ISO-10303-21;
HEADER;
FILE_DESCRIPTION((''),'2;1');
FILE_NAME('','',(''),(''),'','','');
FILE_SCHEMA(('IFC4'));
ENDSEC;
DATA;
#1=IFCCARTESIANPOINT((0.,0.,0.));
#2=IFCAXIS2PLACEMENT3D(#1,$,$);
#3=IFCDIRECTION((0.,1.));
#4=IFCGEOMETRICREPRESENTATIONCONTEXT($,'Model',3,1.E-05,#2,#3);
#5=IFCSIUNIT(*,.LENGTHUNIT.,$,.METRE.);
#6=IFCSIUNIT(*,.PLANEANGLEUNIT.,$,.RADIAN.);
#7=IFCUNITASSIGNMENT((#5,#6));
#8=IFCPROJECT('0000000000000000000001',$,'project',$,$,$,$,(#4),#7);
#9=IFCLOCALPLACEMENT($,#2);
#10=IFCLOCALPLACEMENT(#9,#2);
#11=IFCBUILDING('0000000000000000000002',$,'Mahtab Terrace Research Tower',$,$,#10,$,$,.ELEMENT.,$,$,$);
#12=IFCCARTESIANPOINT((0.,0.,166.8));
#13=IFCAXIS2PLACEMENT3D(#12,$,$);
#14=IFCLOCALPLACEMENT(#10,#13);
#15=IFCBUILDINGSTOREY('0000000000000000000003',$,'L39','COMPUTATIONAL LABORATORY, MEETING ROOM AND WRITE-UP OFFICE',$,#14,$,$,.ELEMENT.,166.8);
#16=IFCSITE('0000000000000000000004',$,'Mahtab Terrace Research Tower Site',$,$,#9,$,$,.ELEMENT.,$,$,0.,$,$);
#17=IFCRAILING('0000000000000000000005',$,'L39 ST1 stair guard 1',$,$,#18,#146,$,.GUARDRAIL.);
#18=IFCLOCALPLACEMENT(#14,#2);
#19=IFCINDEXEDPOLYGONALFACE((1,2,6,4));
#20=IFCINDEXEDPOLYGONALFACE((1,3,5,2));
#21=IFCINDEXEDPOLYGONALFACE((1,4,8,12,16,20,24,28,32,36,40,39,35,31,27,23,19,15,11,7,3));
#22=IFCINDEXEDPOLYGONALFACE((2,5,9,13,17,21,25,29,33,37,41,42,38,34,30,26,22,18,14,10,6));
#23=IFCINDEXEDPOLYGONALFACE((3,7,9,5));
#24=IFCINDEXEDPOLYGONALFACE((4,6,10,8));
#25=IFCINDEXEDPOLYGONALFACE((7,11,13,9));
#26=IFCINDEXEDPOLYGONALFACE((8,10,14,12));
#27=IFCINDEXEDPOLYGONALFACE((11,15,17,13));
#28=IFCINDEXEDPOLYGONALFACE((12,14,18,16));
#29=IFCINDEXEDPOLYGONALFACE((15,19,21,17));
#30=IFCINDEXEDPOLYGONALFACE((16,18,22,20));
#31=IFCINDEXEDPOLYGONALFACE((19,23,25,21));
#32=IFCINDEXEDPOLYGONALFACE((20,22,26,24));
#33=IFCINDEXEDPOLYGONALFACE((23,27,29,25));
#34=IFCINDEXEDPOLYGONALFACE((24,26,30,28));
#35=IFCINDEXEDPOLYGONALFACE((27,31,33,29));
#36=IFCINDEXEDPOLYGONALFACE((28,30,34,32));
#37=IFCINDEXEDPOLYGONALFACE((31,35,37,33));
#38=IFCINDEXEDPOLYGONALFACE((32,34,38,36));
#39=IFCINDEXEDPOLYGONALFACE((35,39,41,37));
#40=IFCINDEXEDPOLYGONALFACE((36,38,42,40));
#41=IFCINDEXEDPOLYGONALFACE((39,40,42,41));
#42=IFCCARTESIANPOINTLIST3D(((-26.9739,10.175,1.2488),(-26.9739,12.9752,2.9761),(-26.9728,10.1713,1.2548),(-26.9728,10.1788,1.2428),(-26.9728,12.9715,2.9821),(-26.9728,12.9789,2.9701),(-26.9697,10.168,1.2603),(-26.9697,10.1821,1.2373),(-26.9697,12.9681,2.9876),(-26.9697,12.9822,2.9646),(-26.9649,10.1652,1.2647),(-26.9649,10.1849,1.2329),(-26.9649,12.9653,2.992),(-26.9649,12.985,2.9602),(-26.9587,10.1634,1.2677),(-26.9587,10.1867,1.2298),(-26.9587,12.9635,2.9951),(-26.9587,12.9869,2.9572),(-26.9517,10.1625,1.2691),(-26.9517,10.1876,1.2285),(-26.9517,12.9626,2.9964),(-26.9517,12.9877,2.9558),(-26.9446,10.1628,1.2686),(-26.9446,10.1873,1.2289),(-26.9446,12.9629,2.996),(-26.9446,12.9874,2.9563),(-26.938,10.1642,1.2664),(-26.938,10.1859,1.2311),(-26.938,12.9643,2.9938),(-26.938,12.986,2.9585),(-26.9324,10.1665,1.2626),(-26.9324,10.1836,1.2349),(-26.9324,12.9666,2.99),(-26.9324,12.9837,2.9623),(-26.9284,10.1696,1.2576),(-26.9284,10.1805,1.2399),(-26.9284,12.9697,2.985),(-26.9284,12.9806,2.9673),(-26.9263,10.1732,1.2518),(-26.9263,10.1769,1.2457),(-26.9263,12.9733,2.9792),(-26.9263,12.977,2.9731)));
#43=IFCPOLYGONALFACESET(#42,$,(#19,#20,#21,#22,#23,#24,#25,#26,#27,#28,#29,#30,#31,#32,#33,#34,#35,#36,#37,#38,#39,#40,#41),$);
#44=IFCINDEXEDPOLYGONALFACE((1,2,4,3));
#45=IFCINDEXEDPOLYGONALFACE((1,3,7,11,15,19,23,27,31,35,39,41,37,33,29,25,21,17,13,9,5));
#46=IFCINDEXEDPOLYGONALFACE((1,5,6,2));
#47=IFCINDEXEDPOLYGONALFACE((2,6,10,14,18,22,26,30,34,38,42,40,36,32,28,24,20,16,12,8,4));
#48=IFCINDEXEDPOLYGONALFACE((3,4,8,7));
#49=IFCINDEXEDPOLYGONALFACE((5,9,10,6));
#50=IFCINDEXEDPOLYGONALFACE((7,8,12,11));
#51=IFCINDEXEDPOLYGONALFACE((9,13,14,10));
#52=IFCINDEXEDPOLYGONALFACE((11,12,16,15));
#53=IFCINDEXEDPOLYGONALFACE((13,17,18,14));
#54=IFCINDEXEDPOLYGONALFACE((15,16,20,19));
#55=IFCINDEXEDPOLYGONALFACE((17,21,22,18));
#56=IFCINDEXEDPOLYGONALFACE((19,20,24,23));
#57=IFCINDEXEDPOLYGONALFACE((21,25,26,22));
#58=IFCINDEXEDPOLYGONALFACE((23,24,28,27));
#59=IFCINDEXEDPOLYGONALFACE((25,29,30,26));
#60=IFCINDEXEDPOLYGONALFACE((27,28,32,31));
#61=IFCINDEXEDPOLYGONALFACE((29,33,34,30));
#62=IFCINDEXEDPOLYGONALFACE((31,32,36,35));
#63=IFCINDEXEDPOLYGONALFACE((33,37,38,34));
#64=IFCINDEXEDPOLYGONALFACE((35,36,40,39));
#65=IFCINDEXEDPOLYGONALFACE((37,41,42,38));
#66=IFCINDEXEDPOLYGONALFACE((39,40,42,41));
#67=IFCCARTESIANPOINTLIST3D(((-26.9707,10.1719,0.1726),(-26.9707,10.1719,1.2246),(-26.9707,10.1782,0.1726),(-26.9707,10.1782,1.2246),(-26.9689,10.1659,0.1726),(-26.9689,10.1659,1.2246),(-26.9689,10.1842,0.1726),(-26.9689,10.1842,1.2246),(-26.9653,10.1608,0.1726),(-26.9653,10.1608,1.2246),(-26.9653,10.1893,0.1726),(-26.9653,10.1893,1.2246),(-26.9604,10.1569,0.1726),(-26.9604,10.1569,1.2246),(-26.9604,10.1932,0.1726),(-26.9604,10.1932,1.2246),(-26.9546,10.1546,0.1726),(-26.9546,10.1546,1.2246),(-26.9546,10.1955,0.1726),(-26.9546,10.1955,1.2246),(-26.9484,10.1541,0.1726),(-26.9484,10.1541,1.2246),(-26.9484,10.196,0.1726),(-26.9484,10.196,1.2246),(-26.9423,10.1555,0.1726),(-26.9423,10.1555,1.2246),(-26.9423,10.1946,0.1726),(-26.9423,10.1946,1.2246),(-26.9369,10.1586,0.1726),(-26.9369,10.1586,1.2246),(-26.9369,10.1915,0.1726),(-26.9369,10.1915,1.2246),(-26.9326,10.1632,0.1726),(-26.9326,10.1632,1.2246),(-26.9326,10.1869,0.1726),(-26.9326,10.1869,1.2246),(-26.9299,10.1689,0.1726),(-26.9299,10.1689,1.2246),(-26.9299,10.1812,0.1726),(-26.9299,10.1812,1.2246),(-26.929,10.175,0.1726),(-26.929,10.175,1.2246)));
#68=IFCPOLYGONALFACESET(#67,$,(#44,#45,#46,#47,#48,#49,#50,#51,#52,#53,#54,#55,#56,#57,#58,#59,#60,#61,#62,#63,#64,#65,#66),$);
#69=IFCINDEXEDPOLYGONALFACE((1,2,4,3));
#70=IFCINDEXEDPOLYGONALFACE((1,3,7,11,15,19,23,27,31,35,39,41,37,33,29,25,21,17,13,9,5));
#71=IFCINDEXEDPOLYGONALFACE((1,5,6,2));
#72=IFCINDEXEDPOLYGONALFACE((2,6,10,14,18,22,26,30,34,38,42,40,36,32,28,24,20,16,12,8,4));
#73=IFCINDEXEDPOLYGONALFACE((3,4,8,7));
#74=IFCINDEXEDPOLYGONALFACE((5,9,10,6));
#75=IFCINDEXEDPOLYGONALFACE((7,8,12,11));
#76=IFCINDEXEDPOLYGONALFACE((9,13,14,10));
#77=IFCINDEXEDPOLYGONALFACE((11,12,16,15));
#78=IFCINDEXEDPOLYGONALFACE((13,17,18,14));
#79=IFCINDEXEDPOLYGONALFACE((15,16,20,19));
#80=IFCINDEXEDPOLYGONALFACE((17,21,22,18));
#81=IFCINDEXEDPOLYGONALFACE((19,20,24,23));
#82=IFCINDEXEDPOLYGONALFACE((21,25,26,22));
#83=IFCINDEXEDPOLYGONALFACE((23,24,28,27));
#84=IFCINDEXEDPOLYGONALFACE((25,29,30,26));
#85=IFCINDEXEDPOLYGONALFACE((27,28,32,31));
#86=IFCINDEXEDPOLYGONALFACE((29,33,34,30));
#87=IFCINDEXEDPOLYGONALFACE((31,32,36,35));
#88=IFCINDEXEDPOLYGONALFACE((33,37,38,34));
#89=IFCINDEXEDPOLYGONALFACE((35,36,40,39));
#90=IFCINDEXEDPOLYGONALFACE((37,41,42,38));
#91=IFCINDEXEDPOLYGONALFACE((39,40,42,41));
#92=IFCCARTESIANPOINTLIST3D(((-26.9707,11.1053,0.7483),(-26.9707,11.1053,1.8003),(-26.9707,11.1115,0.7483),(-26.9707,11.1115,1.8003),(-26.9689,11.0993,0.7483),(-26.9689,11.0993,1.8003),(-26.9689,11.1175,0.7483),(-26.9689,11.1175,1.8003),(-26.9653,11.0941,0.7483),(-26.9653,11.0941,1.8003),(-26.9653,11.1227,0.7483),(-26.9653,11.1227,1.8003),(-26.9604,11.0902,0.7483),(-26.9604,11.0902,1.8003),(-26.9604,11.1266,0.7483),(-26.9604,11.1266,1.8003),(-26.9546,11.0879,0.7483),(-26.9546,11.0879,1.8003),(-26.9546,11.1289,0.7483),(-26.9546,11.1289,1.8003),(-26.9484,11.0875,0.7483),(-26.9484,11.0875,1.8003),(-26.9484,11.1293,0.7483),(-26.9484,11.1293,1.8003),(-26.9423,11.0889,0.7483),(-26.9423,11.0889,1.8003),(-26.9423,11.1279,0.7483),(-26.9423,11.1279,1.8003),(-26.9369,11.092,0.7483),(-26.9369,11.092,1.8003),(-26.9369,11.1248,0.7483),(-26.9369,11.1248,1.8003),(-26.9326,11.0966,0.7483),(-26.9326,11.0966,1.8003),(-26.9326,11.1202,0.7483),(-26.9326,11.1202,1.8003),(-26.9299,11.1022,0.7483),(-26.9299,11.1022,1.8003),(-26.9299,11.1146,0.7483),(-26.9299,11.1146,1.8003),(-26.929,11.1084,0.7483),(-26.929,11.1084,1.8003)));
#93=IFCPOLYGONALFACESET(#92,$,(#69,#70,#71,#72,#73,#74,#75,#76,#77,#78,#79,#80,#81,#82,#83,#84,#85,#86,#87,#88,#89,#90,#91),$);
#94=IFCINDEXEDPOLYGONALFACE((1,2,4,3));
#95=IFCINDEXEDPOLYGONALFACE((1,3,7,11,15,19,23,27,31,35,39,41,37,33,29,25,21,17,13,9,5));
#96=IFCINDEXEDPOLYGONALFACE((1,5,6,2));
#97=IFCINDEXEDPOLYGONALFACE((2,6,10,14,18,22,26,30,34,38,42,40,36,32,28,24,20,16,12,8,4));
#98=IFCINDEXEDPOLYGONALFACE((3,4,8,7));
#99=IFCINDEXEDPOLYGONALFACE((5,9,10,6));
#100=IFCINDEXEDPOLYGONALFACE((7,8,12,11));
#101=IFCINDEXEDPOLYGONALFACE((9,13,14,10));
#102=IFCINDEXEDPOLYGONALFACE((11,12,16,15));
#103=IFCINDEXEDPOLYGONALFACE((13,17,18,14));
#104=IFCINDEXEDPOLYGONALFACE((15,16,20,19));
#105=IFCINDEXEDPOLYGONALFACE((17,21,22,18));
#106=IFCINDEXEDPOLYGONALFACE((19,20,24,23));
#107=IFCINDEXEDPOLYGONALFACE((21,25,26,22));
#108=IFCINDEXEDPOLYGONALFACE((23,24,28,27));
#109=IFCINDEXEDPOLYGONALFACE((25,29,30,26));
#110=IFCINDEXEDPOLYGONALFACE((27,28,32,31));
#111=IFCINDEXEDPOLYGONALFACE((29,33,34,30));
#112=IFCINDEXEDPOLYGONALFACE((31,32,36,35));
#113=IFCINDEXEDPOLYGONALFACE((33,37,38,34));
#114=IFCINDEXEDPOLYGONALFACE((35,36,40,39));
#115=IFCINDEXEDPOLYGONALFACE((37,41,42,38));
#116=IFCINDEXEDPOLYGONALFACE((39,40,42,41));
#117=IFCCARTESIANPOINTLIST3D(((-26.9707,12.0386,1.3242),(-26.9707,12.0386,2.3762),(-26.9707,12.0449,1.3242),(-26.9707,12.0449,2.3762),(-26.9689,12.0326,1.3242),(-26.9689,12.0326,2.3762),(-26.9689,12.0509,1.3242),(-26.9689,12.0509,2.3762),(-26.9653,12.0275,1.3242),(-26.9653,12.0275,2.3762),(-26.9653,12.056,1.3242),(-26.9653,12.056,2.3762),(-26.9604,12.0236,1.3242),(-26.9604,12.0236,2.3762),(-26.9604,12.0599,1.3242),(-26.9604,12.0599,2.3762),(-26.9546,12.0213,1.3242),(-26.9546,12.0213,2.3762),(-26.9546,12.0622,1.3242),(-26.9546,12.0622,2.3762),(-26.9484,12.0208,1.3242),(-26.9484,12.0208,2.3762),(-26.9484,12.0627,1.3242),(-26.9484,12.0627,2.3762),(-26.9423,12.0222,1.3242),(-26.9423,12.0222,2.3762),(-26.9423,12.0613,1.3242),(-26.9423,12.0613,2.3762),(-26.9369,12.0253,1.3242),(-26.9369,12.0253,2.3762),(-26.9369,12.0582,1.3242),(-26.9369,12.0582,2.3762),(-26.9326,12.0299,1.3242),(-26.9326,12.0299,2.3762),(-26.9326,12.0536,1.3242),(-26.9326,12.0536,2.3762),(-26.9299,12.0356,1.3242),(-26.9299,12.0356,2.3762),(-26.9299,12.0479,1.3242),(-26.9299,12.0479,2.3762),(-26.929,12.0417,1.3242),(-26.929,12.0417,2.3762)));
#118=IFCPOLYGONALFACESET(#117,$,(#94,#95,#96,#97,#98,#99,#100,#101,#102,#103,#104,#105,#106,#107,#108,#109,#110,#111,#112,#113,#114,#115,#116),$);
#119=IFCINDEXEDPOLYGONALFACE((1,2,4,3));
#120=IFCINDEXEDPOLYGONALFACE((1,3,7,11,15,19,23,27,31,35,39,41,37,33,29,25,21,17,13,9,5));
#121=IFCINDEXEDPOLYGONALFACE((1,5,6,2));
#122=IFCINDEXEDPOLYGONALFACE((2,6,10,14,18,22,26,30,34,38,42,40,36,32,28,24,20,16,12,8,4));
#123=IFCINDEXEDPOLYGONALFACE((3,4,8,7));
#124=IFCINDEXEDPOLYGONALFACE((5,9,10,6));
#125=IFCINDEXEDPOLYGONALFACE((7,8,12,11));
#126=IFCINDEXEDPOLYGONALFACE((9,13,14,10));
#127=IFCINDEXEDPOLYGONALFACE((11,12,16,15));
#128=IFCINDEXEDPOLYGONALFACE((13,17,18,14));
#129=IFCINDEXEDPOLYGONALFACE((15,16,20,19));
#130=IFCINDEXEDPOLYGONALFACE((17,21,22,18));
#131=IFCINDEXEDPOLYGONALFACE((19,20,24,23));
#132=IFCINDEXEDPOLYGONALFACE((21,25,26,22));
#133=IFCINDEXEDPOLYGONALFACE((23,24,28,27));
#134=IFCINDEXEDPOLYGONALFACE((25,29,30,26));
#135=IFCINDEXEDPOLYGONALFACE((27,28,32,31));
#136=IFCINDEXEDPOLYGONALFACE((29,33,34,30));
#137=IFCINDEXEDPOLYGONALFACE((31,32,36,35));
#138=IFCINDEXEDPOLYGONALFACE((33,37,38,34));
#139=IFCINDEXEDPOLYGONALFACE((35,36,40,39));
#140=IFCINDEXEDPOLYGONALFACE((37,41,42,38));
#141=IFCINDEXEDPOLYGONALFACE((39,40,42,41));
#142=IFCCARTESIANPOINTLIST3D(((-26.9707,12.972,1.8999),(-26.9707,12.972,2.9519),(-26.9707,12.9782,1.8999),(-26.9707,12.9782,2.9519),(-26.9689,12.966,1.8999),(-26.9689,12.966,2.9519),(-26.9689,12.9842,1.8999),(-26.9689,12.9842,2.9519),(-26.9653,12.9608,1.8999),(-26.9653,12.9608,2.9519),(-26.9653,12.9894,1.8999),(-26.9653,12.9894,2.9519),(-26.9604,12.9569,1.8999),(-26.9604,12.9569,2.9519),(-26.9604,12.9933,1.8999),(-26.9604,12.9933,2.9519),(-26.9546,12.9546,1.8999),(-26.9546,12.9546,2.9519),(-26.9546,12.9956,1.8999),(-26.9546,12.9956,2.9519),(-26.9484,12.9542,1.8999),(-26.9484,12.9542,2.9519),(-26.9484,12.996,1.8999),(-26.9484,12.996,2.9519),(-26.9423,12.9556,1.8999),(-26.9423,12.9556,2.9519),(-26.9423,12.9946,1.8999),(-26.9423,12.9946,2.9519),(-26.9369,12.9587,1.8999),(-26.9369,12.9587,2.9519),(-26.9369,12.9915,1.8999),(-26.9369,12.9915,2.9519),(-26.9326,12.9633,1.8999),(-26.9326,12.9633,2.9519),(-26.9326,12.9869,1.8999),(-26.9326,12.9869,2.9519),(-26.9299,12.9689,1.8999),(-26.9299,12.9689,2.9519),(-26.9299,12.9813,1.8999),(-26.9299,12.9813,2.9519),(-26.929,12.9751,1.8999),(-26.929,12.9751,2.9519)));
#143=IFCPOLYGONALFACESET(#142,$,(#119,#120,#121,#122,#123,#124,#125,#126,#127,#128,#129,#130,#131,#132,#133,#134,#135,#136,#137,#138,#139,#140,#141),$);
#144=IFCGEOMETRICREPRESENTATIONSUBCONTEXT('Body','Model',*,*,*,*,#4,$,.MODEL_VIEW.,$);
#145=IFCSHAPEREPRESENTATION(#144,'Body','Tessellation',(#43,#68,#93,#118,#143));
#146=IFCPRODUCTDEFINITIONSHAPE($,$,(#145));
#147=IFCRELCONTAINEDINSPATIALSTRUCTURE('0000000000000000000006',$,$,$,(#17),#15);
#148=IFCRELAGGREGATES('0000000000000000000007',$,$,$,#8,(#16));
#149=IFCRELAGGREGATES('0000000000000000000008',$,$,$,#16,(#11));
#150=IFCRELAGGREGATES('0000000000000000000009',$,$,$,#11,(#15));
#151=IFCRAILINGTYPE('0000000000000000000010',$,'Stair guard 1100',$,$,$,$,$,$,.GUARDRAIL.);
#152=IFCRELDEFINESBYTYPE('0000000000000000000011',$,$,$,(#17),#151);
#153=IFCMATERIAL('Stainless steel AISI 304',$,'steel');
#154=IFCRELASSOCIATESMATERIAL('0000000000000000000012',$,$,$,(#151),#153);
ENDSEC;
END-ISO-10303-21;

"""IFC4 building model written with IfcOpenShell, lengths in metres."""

from ifc_helpers import new_model, si_unit, direction, frame, origin, origin_2d, place, context, subcontext, project, spatial, circle, extrude, material, type_object, element, save


model = new_model("IFC4")

# Units and contexts
model_context = context("Model", 3, precision=1e-05, world=origin(), true_north=direction((0.0, 1.0)))
body_context = subcontext(model_context, "Body", "Model", "MODEL_VIEW")
ifc_project = project(units=[si_unit("LENGTHUNIT", "METRE"), si_unit("PLANEANGLEUNIT", "RADIAN")], contexts=[model_context])

# Site, building, storey
site_placement = place(None, origin())
site = spatial("IfcSite", under=ifc_project, at=site_placement, Name="Mahtab Terrace Research Tower Site", CompositionType="ELEMENT", RefElevation=0.0)
building_placement = place(site_placement, origin())
building = spatial("IfcBuilding", under=site, at=building_placement, Name="Mahtab Terrace Research Tower", CompositionType="ELEMENT")
storey_placement = place(building_placement, frame((0.0, 0.0, 166.8)))
storey = spatial("IfcBuildingStorey", under=building, at=storey_placement, Name="L39", Description="COMPUTATIONAL LABORATORY, MEETING ROOM AND WRITE-UP OFFICE", CompositionType="ELEMENT", Elevation=166.8)

# Railing
ifc_material_1 = material(Name="Stainless steel AISI 304", Category="steel")
railing_type_1 = type_object("IfcRailingType", Name="Stair guard 1100", PredefinedType="GUARDRAIL", material=ifc_material_1)
railing_1_placement = place(storey_placement, frame((-26.95, 10.175, 0.1726)))
element("IfcRailing", 1, at=railing_1_placement, inside=storey, type_object=railing_type_1, Name="L39 ST1 stair guard 1", PredefinedType="GUARDRAIL", context=body_context, shape_type="SweptSolid", body=[
    extrude(circle(Radius=0.0239, at=origin_2d()), frame((0.0, 0.0, 1.0762), z_axis=(0.0, 0.85109, 0.52502), x_axis=(-1.0, 0.0, 0.0)), (0.0, 0.0, 1.0), 3.29),
    extrude(circle(Radius=0.021, at=origin_2d()), origin(), (0.0, 0.0, 1.0), 1.052),
    extrude(circle(Radius=0.021, at=origin_2d()), frame((0.0, 0.9333, 0.5757)), (0.0, 0.0, 1.0), 1.052),
    extrude(circle(Radius=0.021, at=origin_2d()), frame((0.0, 1.8667, 1.1516)), (0.0, 0.0, 1.0), 1.052),
    extrude(circle(Radius=0.021, at=origin_2d()), frame((0.0, 2.8, 1.7273)), (0.0, 0.0, 1.0), 1.052),
])

save(model, "model.ifc")
